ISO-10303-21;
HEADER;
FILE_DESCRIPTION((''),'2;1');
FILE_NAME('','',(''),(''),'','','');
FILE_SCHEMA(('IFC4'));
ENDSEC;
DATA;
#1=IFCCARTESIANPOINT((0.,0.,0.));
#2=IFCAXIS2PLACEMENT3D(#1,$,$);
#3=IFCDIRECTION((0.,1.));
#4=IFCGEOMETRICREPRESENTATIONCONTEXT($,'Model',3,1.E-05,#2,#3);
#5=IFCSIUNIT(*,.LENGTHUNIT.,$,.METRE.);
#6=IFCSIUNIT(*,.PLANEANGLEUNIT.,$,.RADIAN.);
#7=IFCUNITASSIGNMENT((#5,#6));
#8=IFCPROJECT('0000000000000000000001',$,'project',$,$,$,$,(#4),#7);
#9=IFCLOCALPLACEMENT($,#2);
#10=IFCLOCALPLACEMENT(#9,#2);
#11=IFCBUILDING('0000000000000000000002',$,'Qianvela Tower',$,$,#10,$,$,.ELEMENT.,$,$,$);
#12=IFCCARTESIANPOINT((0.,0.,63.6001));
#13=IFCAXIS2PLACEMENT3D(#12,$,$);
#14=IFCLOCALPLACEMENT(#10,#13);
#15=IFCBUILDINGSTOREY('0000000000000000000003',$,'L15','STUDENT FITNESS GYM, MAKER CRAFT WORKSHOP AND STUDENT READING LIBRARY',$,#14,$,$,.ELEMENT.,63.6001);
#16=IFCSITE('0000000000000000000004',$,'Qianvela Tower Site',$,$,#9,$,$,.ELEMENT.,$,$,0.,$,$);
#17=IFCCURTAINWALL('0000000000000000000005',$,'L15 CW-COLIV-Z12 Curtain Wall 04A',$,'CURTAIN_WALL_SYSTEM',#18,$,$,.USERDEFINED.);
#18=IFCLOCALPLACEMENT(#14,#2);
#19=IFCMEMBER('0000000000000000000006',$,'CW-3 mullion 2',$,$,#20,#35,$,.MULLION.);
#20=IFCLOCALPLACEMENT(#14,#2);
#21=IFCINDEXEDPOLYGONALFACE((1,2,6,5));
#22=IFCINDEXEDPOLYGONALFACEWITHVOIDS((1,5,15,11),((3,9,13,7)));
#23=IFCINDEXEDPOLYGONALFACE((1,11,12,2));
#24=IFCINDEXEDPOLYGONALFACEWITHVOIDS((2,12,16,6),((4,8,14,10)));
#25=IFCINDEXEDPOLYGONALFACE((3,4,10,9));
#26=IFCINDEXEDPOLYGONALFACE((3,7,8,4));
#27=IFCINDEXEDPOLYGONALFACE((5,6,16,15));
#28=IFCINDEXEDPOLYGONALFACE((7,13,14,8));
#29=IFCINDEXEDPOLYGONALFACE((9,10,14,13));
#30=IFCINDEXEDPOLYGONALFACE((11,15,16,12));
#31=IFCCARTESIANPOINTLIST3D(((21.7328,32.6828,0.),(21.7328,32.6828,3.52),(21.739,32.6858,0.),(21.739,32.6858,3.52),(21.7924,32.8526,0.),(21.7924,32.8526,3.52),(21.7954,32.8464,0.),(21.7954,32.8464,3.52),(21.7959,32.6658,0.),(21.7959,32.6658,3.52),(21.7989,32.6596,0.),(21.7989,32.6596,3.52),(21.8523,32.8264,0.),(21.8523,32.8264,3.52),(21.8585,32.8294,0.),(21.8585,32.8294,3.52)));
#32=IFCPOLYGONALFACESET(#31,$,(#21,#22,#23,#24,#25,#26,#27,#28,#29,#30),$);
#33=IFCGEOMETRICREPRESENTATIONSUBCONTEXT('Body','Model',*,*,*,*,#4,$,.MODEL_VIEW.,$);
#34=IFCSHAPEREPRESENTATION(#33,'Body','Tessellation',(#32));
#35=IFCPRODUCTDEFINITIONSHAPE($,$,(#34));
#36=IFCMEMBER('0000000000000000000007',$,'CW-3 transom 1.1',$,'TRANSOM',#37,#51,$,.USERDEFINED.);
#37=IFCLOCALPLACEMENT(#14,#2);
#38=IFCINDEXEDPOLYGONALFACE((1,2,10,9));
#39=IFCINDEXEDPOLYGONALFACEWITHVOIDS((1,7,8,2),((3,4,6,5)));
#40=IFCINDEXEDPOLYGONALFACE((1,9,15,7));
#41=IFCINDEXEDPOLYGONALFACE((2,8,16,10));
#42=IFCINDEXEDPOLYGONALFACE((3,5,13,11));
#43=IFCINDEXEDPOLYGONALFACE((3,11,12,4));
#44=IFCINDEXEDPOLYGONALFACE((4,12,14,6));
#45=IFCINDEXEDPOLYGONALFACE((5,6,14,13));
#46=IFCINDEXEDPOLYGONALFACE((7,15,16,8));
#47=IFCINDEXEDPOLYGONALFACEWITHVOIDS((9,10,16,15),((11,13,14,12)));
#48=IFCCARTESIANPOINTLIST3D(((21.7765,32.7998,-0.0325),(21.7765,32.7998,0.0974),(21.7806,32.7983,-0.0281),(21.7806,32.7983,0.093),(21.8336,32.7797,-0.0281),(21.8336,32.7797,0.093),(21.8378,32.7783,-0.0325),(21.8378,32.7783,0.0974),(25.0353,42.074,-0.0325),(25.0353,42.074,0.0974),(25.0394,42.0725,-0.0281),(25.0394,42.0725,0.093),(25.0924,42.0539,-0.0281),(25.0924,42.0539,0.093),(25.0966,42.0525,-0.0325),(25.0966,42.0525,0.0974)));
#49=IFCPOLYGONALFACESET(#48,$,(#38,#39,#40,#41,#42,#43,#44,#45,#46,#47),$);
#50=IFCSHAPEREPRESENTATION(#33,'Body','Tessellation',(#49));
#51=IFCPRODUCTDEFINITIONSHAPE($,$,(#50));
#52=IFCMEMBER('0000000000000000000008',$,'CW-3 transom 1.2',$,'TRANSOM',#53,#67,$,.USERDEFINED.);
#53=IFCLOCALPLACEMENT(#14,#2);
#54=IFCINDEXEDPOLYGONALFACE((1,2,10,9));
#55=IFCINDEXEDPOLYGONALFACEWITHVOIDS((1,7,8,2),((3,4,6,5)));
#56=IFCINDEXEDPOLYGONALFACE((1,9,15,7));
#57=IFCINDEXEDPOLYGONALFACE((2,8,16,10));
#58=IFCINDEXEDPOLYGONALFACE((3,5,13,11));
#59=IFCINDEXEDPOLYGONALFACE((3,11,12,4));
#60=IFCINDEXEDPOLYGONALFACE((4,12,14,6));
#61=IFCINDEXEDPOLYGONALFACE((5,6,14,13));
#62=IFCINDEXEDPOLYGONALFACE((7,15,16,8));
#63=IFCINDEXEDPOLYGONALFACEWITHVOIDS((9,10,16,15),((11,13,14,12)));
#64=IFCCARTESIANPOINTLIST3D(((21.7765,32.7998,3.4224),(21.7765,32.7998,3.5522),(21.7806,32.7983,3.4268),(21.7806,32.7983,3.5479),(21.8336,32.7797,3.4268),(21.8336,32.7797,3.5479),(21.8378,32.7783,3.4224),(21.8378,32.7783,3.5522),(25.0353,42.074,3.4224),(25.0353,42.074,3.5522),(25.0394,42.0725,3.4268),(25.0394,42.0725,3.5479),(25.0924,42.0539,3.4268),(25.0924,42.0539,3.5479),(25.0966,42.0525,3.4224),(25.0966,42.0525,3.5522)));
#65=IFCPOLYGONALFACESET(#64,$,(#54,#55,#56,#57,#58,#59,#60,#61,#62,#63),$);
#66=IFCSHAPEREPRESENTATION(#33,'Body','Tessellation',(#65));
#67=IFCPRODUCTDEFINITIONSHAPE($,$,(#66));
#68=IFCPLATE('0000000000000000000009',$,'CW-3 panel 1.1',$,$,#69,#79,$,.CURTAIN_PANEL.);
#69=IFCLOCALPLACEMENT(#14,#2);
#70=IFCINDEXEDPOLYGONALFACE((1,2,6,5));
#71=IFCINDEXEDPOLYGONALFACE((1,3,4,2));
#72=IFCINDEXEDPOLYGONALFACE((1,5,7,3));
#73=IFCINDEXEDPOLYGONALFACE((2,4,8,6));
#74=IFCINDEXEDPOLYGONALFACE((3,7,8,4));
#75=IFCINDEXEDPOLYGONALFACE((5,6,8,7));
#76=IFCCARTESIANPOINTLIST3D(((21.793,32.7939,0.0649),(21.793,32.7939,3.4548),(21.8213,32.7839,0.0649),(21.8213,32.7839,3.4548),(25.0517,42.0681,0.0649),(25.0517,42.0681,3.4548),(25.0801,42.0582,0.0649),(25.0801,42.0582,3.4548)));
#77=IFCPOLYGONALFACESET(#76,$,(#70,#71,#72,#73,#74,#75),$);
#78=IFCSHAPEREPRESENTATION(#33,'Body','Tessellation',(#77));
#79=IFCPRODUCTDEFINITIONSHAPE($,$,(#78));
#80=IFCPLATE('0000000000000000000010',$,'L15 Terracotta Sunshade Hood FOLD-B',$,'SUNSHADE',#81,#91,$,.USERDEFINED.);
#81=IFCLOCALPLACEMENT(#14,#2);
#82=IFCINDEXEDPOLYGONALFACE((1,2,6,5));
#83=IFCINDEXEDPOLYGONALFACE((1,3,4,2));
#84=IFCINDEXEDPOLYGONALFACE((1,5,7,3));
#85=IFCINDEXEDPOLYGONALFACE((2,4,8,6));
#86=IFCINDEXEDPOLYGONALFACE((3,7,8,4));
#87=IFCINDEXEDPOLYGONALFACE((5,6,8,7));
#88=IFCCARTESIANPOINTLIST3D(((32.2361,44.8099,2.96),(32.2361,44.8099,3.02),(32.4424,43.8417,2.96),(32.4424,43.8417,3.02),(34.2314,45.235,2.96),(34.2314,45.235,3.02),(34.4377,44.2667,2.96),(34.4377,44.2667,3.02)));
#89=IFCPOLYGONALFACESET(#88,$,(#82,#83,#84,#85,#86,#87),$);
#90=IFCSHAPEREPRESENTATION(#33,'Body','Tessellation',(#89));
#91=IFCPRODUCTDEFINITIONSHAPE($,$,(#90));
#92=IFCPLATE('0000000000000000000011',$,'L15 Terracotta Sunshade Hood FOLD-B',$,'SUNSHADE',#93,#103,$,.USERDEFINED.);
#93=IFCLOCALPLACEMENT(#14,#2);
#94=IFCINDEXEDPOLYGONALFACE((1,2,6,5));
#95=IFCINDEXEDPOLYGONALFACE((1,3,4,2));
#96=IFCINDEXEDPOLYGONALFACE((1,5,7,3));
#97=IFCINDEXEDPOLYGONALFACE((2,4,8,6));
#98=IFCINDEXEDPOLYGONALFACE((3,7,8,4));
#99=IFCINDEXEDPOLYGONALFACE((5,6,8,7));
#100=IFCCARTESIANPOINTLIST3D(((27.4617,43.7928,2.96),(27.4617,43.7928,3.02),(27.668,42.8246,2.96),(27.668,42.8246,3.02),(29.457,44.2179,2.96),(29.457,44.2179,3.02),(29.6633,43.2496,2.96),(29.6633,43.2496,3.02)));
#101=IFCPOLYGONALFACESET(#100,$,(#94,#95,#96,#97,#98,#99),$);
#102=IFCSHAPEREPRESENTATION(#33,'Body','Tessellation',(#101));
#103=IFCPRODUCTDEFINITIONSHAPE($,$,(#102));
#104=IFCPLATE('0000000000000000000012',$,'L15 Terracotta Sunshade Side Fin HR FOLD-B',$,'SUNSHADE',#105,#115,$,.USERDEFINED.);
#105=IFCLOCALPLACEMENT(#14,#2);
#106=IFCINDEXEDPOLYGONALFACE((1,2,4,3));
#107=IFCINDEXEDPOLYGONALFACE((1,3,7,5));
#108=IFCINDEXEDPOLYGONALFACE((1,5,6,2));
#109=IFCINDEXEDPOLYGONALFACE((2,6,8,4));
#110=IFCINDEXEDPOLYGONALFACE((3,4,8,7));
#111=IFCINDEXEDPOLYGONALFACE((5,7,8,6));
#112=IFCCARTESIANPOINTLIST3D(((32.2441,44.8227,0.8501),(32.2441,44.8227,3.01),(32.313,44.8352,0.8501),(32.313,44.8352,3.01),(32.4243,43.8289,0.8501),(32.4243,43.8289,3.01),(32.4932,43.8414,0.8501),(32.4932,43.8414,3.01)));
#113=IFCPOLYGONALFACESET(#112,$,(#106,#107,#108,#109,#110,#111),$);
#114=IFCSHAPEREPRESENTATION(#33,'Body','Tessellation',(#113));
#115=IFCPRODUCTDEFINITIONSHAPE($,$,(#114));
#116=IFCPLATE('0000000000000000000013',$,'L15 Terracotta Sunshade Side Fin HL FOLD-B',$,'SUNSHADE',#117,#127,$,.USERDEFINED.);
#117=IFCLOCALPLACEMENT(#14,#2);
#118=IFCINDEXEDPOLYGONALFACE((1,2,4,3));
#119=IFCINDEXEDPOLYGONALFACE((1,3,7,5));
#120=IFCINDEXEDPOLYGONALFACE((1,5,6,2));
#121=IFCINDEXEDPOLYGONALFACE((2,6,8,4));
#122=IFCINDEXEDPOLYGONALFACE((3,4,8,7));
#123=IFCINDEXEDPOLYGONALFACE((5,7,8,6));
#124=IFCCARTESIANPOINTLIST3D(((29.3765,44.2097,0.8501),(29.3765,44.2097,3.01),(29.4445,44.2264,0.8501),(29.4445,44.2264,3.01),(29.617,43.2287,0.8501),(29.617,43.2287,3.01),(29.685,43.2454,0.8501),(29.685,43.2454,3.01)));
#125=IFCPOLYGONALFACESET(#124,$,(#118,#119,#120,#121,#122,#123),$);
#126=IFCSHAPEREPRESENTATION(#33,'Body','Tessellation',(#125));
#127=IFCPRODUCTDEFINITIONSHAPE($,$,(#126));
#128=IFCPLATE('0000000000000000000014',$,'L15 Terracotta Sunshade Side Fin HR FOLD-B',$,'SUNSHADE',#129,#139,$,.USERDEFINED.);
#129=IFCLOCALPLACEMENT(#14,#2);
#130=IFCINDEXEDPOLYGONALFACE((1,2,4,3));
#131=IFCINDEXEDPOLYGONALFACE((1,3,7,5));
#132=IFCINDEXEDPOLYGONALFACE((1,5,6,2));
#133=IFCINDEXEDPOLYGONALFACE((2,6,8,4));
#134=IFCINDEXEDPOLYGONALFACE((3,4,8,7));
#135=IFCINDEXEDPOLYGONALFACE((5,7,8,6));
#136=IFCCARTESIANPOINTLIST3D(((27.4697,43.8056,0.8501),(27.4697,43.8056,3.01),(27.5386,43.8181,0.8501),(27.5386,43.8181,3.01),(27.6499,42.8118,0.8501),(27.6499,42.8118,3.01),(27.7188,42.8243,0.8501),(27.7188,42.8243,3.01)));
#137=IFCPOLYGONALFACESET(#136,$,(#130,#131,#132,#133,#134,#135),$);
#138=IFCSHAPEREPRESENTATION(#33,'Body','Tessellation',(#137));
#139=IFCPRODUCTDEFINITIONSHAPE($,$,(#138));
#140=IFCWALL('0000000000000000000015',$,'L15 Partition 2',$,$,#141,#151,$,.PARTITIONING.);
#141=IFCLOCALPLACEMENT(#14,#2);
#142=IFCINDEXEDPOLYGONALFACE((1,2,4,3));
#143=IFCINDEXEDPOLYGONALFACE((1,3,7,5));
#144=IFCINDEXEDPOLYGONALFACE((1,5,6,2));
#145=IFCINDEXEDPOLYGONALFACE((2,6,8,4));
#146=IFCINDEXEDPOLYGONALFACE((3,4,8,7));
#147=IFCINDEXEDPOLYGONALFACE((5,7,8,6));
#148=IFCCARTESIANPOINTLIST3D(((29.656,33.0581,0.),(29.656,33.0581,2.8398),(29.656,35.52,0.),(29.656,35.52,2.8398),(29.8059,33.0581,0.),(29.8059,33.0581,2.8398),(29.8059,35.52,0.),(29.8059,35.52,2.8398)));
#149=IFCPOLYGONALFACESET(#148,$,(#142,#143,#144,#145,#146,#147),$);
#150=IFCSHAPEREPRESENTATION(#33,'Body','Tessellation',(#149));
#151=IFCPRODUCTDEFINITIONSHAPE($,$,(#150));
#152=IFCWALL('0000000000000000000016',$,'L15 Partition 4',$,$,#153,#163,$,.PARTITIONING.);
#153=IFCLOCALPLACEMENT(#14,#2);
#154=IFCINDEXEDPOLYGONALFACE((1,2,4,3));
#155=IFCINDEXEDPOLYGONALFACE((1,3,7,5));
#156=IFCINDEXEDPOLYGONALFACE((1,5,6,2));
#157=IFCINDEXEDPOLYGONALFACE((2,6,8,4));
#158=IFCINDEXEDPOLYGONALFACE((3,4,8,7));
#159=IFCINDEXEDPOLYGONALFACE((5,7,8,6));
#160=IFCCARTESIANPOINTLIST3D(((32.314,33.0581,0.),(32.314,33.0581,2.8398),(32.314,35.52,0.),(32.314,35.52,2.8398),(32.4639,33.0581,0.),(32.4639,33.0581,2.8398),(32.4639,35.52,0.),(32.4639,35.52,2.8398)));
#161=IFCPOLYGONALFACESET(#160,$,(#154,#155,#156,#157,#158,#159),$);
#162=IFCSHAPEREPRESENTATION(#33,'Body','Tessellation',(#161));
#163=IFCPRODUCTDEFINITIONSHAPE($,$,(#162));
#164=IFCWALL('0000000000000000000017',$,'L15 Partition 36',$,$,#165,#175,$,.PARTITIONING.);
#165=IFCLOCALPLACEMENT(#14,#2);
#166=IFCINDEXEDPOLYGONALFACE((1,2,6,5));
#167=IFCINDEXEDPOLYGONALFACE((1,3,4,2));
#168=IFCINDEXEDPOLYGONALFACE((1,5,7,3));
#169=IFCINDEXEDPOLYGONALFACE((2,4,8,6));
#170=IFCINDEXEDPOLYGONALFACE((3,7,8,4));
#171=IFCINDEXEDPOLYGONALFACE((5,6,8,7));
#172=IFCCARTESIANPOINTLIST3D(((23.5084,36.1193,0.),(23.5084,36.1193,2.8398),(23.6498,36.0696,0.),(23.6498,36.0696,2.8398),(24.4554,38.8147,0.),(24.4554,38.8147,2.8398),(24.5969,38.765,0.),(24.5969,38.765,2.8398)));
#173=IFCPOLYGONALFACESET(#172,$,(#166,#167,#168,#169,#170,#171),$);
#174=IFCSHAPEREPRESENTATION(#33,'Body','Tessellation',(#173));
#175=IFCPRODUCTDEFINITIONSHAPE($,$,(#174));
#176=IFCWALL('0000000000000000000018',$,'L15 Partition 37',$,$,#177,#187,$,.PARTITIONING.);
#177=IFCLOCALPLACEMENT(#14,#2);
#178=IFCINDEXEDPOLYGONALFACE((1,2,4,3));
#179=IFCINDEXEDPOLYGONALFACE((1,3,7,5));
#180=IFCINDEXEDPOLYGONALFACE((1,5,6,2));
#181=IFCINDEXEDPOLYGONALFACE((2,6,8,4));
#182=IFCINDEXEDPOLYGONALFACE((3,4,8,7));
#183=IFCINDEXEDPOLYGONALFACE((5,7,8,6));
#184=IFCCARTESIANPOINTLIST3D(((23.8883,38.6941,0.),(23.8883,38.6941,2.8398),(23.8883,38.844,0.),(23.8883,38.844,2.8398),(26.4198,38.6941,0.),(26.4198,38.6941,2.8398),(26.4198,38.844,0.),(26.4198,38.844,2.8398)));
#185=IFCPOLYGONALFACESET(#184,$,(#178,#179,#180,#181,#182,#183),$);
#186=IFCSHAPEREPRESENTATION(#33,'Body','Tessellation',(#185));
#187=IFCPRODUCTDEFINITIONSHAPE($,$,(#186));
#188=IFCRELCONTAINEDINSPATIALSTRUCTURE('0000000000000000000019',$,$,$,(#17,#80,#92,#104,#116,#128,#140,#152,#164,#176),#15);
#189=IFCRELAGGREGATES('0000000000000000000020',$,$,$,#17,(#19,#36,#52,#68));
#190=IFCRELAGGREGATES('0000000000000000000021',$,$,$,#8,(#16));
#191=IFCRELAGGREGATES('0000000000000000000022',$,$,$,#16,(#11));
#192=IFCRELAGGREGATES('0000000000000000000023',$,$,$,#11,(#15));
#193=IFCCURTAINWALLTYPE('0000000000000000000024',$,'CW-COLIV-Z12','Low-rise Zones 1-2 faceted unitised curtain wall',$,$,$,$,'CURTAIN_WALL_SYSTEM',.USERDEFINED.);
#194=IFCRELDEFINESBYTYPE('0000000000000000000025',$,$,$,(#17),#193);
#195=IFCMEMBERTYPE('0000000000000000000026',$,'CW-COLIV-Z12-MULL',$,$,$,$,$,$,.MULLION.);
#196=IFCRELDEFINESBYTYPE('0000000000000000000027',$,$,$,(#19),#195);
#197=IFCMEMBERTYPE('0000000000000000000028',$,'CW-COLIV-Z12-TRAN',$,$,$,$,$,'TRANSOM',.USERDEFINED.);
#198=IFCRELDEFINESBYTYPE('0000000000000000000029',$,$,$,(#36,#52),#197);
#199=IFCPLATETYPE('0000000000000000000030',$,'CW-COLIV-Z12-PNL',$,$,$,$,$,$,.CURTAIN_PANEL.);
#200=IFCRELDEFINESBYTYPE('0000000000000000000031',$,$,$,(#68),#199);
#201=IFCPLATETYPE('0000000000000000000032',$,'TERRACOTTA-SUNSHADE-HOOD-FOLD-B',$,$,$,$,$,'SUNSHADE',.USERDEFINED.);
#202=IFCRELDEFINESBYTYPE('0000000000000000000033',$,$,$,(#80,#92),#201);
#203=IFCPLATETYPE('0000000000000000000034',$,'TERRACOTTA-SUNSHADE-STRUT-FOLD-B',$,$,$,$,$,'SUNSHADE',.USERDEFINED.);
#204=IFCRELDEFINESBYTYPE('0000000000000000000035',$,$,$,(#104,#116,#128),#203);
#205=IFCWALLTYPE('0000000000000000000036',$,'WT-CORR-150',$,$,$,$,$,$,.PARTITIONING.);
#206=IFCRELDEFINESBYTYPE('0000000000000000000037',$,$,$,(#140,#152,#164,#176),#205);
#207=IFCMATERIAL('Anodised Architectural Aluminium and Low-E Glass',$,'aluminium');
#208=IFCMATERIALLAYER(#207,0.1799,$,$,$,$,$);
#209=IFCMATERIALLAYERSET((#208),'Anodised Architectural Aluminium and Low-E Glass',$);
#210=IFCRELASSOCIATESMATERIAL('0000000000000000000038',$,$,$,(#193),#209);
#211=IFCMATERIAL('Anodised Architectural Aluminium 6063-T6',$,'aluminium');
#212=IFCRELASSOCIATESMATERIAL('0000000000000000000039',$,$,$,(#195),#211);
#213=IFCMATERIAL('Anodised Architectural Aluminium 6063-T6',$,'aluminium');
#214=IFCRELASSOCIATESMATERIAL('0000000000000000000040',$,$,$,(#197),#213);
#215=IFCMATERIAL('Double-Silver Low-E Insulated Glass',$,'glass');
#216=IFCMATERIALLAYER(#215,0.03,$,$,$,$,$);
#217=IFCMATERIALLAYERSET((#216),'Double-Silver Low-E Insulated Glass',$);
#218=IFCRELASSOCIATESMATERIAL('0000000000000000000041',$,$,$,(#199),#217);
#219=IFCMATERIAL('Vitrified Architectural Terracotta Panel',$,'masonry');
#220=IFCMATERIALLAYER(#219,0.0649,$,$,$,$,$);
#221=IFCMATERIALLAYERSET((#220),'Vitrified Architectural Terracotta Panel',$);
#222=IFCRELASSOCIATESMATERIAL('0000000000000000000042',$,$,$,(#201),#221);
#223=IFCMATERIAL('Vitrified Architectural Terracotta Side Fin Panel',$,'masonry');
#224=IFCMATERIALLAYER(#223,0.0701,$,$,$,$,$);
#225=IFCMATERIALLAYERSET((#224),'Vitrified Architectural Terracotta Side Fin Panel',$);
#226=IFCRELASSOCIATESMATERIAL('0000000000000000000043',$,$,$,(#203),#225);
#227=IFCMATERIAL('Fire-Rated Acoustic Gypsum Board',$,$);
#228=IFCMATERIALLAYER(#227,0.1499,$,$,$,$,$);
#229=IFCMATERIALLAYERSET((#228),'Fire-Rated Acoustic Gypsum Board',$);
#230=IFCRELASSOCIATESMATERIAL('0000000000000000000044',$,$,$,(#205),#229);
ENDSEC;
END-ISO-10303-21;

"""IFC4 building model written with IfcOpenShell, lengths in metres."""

from ifc_helpers import new_model, si_unit, direction, frame, frame_2d, origin, origin_2d, place, context, subcontext, project, spatial, rectangle, hollow_rectangle, extrude, material, layer, layer_set, material_profile, profile_set, type_object, element, aggregate, save


model = new_model("IFC4")

# Units and contexts
model_context = context("Model", 3, precision=1e-05, world=origin(), true_north=direction((0.0, 1.0)))
body_context = subcontext(model_context, "Body", "Model", "MODEL_VIEW")
ifc_project = project(units=[si_unit("LENGTHUNIT", "METRE"), si_unit("PLANEANGLEUNIT", "RADIAN")], contexts=[model_context])

# Site, building, storey
site_placement = place(None, origin())
site = spatial("IfcSite", under=ifc_project, at=site_placement, Name="Qianvela Tower Site", CompositionType="ELEMENT", RefElevation=0.0)
building_placement = place(site_placement, origin())
building = spatial("IfcBuilding", under=site, at=building_placement, Name="Qianvela Tower", CompositionType="ELEMENT")
storey_placement = place(building_placement, frame((0.0, 0.0, 63.6001)))
storey = spatial("IfcBuildingStorey", under=building, at=storey_placement, Name="L15", Description="STUDENT FITNESS GYM, MAKER CRAFT WORKSHOP AND STUDENT READING LIBRARY", CompositionType="ELEMENT", Elevation=63.6001)

# Curtain wall, members, plate
ifc_material_1 = material(Name="Anodised Architectural Aluminium and Low-E Glass", Category="aluminium")
ifc_layer_1 = layer(ifc_material_1, 0.1799)
ifc_layer_set_1 = layer_set([ifc_layer_1], Name="Anodised Architectural Aluminium and Low-E Glass")
curtain_wall_type_1 = type_object("IfcCurtainWallType", Name="CW-COLIV-Z12", Description="Low-rise Zones 1-2 faceted unitised curtain wall", ElementType="CURTAIN_WALL_SYSTEM", PredefinedType="USERDEFINED", material=ifc_layer_set_1)
curtain_wall_1_placement = place(storey_placement, origin())
curtain_wall_1 = element("IfcCurtainWall", 1, at=curtain_wall_1_placement, inside=storey, type_object=curtain_wall_type_1, Name="L15 CW-COLIV-Z12 Curtain Wall 04A", ObjectType="CURTAIN_WALL_SYSTEM", PredefinedType="USERDEFINED")
ifc_material_2 = material(Name="Anodised Architectural Aluminium 6063-T6", Category="aluminium")
ifc_material_profile_1 = material_profile(ifc_material_2, hollow_rectangle(XDim=0.0701, YDim=0.1799, WallThickness=0.0049, at=origin_2d()), Name="ALU-MULL-70x180")
ifc_profile_set_1 = profile_set([ifc_material_profile_1], Name="Anodised Architectural Aluminium 6063-T6")
member_type_1 = type_object("IfcMemberType", Name="CW-COLIV-Z12-MULL", PredefinedType="MULLION", material=ifc_profile_set_1)
member_1_placement = place(storey_placement, frame((21.7957, 32.7561, 0.0), z_axis=(0.0, 0.0, 1.0), x_axis=(0.943453, -0.331506, 0.0)))
member_1 = element("IfcMember", 2, at=member_1_placement, type_object=member_type_1, Name="CW-3 mullion 2", PredefinedType="MULLION", context=body_context, shape_type="SweptSolid", body=[
    extrude(hollow_rectangle(XDim=0.0701, YDim=0.1799, WallThickness=0.0049, at=origin_2d()), origin(), (0.0, 0.0, 1.0), 3.52),
])
ifc_material_3 = material(Name="Anodised Architectural Aluminium 6063-T6", Category="aluminium")
ifc_material_profile_2 = material_profile(ifc_material_3, hollow_rectangle(XDim=0.0649, YDim=0.1299, WallThickness=0.0044, at=origin_2d()), Name="ALU-TRAN-65x130")
ifc_profile_set_2 = profile_set([ifc_material_profile_2], Name="Anodised Architectural Aluminium 6063-T6")
member_type_2 = type_object("IfcMemberType", Name="CW-COLIV-Z12-TRAN", ElementType="TRANSOM", PredefinedType="USERDEFINED", material=ifc_profile_set_2)
member_2_placement = place(storey_placement, frame((25.0659, 42.0632, 0.0325), z_axis=(-0.331513, -0.943451, 0.0), x_axis=(0.943451, -0.331513, 0.0)))
member_2 = element("IfcMember", 3, at=member_2_placement, type_object=member_type_2, Name="CW-3 transom 1.1", ObjectType="TRANSOM", PredefinedType="USERDEFINED", context=body_context, shape_type="SweptSolid", body=[
    extrude(hollow_rectangle(XDim=0.0649, YDim=0.1299, WallThickness=0.0044, at=origin_2d()), origin(), (0.0, 0.0, 1.0), 9.8301),
])
member_3_placement = place(storey_placement, frame((25.0659, 42.0632, 3.4873), z_axis=(-0.331513, -0.943451, 0.0), x_axis=(0.943451, -0.331513, 0.0)))
member_3 = element("IfcMember", 4, at=member_3_placement, type_object=member_type_2, Name="CW-3 transom 1.2", ObjectType="TRANSOM", PredefinedType="USERDEFINED", context=body_context, shape_type="SweptSolid", body=[
    extrude(hollow_rectangle(XDim=0.0649, YDim=0.1299, WallThickness=0.0044, at=origin_2d()), origin(), (0.0, 0.0, 1.0), 9.8301),
])
ifc_material_4 = material(Name="Double-Silver Low-E Insulated Glass", Category="glass")
ifc_layer_2 = layer(ifc_material_4, 0.03)
ifc_layer_set_2 = layer_set([ifc_layer_2], Name="Double-Silver Low-E Insulated Glass")
plate_type_1 = type_object("IfcPlateType", Name="CW-COLIV-Z12-PNL", PredefinedType="CURTAIN_PANEL", material=ifc_layer_set_2)
plate_placement = place(storey_placement, frame((23.4365, 37.426, 0.0649), z_axis=(0.0, 0.0, 1.0), x_axis=(-0.331506, -0.943453, 0.0)))
plate = element("IfcPlate", 5, at=plate_placement, type_object=plate_type_1, Name="CW-3 panel 1.1", PredefinedType="CURTAIN_PANEL", context=body_context, shape_type="SweptSolid", body=[
    extrude(rectangle(XDim=9.8301, YDim=0.03, at=origin_2d()), origin(), (0.0, 0.0, 1.0), 3.3899),
])
aggregate(curtain_wall_1, [member_1, member_2, member_3, plate])

# Plates
ifc_material_5 = material(Name="Vitrified Architectural Terracotta Panel", Category="masonry")
ifc_layer_3 = layer(ifc_material_5, 0.0649)
ifc_layer_set_3 = layer_set([ifc_layer_3], Name="Vitrified Architectural Terracotta Panel")
plate_type_2 = type_object("IfcPlateType", Name="TERRACOTTA-SUNSHADE-HOOD-FOLD-B", ElementType="SUNSHADE", PredefinedType="USERDEFINED", material=ifc_layer_set_3)
for number, where, z_axis, x_axis, name in (
    (6, (33.3369, 44.5383, 2.96), (0.0, 0.0, 1.0), (-0.978052, -0.208359, 0.0), "L15 Terracotta Sunshade Hood FOLD-B"),
    (7, (28.5625, 43.5212, 2.96), (0.0, 0.0, 1.0), (-0.978052, -0.208359, 0.0), "L15 Terracotta Sunshade Hood FOLD-B"),
):
    element("IfcPlate", number, at=place(storey_placement, frame(where, z_axis=z_axis, x_axis=x_axis)), inside=storey, type_object=plate_type_2, Name=name, ObjectType="SUNSHADE", PredefinedType="USERDEFINED", context=body_context, shape_type="SweptSolid", body=[
        extrude(rectangle(XDim=2.04, YDim=0.99, at=origin_2d()), origin(), (0.0, 0.0, 1.0), 0.0601),
    ])
ifc_material_6 = material(Name="Vitrified Architectural Terracotta Side Fin Panel", Category="masonry")
ifc_layer_4 = layer(ifc_material_6, 0.0701)
ifc_layer_set_4 = layer_set([ifc_layer_4], Name="Vitrified Architectural Terracotta Side Fin Panel")
plate_type_3 = type_object("IfcPlateType", Name="TERRACOTTA-SUNSHADE-STRUT-FOLD-B", ElementType="SUNSHADE", PredefinedType="USERDEFINED", material=ifc_layer_set_4)
for number, where, z_axis, x_axis, name in (
    (8, (32.3687, 44.332, 0.8501), (0.0, 0.0, 1.0), (-0.983959, -0.178394, 0.0), "L15 Terracotta Sunshade Side Fin HR FOLD-B"),
    (9, (29.5308, 43.7275, 0.8501), (0.0, 0.0, 1.0), (-0.971233, -0.23813, 0.0), "L15 Terracotta Sunshade Side Fin HL FOLD-B"),
    (10, (27.5942, 43.3149, 0.8501), (0.0, 0.0, 1.0), (-0.983959, -0.178394, 0.0), "L15 Terracotta Sunshade Side Fin HR FOLD-B"),
):
    element("IfcPlate", number, at=place(storey_placement, frame(where, z_axis=z_axis, x_axis=x_axis)), inside=storey, type_object=plate_type_3, Name=name, ObjectType="SUNSHADE", PredefinedType="USERDEFINED", context=body_context, shape_type="SweptSolid", body=[
        extrude(rectangle(XDim=0.0701, YDim=1.01, at=origin_2d()), origin(), (0.0, 0.0, 1.0), 2.1599),
    ])

# Wall
ifc_material_7 = material(Name="Fire-Rated Acoustic Gypsum Board")
ifc_layer_5 = layer(ifc_material_7, 0.1499)
ifc_layer_set_5 = layer_set([ifc_layer_5], Name="Fire-Rated Acoustic Gypsum Board")
wall_type_1 = type_object("IfcWallType", Name="WT-CORR-150", PredefinedType="PARTITIONING", material=ifc_layer_set_5)
wall_1_placement = place(storey_placement, frame((29.731, 33.0581, 0.0), z_axis=(0.0, 0.0, 1.0), x_axis=(0.0, 1.0, 0.0)))
element("IfcWall", 11, at=wall_1_placement, inside=storey, type_object=wall_type_1, Name="L15 Partition 2", PredefinedType="PARTITIONING", context=body_context, shape_type="SweptSolid", body=[
    extrude(rectangle(XDim=2.4619, YDim=0.1499, at=frame_2d((1.231, 0.0))), origin(), (0.0, 0.0, 1.0), 2.8398),
])

# Walls
wall_2_placement = place(storey_placement, frame((32.3889, 35.52, 0.0), z_axis=(0.0, 0.0, 1.0), x_axis=(0.0, -1.0, 0.0)))
element("IfcWall", 12, at=wall_2_placement, inside=storey, type_object=wall_type_1, Name="L15 Partition 4", PredefinedType="PARTITIONING", context=body_context, shape_type="SweptSolid", body=[
    extrude(rectangle(XDim=2.4619, YDim=0.1499, at=frame_2d((1.231, 0.0))), origin(), (0.0, 0.0, 1.0), 2.8398),
])
wall_3_placement = place(storey_placement, frame((23.5791, 36.0945, 0.0), z_axis=(0.0, 0.0, 1.0), x_axis=(0.331492, 0.943458, 0.0)))
element("IfcWall", 13, at=wall_3_placement, inside=storey, type_object=wall_type_1, Name="L15 Partition 36", PredefinedType="PARTITIONING", context=body_context, shape_type="SweptSolid", body=[
    extrude(rectangle(XDim=2.8569, YDim=0.1499, at=frame_2d((1.4285, 0.0))), origin(), (0.0, 0.0, 1.0), 2.8398),
])
wall_4_placement = place(storey_placement, frame((23.8884, 38.769, 0.0), z_axis=(0.0, 0.0, 1.0), x_axis=(1.0, 0.0, 0.0)))
element("IfcWall", 14, at=wall_4_placement, inside=storey, type_object=wall_type_1, Name="L15 Partition 37", PredefinedType="PARTITIONING", context=body_context, shape_type="SweptSolid", body=[
    extrude(rectangle(XDim=2.5315, YDim=0.1499, at=frame_2d((1.2656, 0.0))), origin(), (0.0, 0.0, 1.0), 2.8398),
])

save(model, "model.ifc")
